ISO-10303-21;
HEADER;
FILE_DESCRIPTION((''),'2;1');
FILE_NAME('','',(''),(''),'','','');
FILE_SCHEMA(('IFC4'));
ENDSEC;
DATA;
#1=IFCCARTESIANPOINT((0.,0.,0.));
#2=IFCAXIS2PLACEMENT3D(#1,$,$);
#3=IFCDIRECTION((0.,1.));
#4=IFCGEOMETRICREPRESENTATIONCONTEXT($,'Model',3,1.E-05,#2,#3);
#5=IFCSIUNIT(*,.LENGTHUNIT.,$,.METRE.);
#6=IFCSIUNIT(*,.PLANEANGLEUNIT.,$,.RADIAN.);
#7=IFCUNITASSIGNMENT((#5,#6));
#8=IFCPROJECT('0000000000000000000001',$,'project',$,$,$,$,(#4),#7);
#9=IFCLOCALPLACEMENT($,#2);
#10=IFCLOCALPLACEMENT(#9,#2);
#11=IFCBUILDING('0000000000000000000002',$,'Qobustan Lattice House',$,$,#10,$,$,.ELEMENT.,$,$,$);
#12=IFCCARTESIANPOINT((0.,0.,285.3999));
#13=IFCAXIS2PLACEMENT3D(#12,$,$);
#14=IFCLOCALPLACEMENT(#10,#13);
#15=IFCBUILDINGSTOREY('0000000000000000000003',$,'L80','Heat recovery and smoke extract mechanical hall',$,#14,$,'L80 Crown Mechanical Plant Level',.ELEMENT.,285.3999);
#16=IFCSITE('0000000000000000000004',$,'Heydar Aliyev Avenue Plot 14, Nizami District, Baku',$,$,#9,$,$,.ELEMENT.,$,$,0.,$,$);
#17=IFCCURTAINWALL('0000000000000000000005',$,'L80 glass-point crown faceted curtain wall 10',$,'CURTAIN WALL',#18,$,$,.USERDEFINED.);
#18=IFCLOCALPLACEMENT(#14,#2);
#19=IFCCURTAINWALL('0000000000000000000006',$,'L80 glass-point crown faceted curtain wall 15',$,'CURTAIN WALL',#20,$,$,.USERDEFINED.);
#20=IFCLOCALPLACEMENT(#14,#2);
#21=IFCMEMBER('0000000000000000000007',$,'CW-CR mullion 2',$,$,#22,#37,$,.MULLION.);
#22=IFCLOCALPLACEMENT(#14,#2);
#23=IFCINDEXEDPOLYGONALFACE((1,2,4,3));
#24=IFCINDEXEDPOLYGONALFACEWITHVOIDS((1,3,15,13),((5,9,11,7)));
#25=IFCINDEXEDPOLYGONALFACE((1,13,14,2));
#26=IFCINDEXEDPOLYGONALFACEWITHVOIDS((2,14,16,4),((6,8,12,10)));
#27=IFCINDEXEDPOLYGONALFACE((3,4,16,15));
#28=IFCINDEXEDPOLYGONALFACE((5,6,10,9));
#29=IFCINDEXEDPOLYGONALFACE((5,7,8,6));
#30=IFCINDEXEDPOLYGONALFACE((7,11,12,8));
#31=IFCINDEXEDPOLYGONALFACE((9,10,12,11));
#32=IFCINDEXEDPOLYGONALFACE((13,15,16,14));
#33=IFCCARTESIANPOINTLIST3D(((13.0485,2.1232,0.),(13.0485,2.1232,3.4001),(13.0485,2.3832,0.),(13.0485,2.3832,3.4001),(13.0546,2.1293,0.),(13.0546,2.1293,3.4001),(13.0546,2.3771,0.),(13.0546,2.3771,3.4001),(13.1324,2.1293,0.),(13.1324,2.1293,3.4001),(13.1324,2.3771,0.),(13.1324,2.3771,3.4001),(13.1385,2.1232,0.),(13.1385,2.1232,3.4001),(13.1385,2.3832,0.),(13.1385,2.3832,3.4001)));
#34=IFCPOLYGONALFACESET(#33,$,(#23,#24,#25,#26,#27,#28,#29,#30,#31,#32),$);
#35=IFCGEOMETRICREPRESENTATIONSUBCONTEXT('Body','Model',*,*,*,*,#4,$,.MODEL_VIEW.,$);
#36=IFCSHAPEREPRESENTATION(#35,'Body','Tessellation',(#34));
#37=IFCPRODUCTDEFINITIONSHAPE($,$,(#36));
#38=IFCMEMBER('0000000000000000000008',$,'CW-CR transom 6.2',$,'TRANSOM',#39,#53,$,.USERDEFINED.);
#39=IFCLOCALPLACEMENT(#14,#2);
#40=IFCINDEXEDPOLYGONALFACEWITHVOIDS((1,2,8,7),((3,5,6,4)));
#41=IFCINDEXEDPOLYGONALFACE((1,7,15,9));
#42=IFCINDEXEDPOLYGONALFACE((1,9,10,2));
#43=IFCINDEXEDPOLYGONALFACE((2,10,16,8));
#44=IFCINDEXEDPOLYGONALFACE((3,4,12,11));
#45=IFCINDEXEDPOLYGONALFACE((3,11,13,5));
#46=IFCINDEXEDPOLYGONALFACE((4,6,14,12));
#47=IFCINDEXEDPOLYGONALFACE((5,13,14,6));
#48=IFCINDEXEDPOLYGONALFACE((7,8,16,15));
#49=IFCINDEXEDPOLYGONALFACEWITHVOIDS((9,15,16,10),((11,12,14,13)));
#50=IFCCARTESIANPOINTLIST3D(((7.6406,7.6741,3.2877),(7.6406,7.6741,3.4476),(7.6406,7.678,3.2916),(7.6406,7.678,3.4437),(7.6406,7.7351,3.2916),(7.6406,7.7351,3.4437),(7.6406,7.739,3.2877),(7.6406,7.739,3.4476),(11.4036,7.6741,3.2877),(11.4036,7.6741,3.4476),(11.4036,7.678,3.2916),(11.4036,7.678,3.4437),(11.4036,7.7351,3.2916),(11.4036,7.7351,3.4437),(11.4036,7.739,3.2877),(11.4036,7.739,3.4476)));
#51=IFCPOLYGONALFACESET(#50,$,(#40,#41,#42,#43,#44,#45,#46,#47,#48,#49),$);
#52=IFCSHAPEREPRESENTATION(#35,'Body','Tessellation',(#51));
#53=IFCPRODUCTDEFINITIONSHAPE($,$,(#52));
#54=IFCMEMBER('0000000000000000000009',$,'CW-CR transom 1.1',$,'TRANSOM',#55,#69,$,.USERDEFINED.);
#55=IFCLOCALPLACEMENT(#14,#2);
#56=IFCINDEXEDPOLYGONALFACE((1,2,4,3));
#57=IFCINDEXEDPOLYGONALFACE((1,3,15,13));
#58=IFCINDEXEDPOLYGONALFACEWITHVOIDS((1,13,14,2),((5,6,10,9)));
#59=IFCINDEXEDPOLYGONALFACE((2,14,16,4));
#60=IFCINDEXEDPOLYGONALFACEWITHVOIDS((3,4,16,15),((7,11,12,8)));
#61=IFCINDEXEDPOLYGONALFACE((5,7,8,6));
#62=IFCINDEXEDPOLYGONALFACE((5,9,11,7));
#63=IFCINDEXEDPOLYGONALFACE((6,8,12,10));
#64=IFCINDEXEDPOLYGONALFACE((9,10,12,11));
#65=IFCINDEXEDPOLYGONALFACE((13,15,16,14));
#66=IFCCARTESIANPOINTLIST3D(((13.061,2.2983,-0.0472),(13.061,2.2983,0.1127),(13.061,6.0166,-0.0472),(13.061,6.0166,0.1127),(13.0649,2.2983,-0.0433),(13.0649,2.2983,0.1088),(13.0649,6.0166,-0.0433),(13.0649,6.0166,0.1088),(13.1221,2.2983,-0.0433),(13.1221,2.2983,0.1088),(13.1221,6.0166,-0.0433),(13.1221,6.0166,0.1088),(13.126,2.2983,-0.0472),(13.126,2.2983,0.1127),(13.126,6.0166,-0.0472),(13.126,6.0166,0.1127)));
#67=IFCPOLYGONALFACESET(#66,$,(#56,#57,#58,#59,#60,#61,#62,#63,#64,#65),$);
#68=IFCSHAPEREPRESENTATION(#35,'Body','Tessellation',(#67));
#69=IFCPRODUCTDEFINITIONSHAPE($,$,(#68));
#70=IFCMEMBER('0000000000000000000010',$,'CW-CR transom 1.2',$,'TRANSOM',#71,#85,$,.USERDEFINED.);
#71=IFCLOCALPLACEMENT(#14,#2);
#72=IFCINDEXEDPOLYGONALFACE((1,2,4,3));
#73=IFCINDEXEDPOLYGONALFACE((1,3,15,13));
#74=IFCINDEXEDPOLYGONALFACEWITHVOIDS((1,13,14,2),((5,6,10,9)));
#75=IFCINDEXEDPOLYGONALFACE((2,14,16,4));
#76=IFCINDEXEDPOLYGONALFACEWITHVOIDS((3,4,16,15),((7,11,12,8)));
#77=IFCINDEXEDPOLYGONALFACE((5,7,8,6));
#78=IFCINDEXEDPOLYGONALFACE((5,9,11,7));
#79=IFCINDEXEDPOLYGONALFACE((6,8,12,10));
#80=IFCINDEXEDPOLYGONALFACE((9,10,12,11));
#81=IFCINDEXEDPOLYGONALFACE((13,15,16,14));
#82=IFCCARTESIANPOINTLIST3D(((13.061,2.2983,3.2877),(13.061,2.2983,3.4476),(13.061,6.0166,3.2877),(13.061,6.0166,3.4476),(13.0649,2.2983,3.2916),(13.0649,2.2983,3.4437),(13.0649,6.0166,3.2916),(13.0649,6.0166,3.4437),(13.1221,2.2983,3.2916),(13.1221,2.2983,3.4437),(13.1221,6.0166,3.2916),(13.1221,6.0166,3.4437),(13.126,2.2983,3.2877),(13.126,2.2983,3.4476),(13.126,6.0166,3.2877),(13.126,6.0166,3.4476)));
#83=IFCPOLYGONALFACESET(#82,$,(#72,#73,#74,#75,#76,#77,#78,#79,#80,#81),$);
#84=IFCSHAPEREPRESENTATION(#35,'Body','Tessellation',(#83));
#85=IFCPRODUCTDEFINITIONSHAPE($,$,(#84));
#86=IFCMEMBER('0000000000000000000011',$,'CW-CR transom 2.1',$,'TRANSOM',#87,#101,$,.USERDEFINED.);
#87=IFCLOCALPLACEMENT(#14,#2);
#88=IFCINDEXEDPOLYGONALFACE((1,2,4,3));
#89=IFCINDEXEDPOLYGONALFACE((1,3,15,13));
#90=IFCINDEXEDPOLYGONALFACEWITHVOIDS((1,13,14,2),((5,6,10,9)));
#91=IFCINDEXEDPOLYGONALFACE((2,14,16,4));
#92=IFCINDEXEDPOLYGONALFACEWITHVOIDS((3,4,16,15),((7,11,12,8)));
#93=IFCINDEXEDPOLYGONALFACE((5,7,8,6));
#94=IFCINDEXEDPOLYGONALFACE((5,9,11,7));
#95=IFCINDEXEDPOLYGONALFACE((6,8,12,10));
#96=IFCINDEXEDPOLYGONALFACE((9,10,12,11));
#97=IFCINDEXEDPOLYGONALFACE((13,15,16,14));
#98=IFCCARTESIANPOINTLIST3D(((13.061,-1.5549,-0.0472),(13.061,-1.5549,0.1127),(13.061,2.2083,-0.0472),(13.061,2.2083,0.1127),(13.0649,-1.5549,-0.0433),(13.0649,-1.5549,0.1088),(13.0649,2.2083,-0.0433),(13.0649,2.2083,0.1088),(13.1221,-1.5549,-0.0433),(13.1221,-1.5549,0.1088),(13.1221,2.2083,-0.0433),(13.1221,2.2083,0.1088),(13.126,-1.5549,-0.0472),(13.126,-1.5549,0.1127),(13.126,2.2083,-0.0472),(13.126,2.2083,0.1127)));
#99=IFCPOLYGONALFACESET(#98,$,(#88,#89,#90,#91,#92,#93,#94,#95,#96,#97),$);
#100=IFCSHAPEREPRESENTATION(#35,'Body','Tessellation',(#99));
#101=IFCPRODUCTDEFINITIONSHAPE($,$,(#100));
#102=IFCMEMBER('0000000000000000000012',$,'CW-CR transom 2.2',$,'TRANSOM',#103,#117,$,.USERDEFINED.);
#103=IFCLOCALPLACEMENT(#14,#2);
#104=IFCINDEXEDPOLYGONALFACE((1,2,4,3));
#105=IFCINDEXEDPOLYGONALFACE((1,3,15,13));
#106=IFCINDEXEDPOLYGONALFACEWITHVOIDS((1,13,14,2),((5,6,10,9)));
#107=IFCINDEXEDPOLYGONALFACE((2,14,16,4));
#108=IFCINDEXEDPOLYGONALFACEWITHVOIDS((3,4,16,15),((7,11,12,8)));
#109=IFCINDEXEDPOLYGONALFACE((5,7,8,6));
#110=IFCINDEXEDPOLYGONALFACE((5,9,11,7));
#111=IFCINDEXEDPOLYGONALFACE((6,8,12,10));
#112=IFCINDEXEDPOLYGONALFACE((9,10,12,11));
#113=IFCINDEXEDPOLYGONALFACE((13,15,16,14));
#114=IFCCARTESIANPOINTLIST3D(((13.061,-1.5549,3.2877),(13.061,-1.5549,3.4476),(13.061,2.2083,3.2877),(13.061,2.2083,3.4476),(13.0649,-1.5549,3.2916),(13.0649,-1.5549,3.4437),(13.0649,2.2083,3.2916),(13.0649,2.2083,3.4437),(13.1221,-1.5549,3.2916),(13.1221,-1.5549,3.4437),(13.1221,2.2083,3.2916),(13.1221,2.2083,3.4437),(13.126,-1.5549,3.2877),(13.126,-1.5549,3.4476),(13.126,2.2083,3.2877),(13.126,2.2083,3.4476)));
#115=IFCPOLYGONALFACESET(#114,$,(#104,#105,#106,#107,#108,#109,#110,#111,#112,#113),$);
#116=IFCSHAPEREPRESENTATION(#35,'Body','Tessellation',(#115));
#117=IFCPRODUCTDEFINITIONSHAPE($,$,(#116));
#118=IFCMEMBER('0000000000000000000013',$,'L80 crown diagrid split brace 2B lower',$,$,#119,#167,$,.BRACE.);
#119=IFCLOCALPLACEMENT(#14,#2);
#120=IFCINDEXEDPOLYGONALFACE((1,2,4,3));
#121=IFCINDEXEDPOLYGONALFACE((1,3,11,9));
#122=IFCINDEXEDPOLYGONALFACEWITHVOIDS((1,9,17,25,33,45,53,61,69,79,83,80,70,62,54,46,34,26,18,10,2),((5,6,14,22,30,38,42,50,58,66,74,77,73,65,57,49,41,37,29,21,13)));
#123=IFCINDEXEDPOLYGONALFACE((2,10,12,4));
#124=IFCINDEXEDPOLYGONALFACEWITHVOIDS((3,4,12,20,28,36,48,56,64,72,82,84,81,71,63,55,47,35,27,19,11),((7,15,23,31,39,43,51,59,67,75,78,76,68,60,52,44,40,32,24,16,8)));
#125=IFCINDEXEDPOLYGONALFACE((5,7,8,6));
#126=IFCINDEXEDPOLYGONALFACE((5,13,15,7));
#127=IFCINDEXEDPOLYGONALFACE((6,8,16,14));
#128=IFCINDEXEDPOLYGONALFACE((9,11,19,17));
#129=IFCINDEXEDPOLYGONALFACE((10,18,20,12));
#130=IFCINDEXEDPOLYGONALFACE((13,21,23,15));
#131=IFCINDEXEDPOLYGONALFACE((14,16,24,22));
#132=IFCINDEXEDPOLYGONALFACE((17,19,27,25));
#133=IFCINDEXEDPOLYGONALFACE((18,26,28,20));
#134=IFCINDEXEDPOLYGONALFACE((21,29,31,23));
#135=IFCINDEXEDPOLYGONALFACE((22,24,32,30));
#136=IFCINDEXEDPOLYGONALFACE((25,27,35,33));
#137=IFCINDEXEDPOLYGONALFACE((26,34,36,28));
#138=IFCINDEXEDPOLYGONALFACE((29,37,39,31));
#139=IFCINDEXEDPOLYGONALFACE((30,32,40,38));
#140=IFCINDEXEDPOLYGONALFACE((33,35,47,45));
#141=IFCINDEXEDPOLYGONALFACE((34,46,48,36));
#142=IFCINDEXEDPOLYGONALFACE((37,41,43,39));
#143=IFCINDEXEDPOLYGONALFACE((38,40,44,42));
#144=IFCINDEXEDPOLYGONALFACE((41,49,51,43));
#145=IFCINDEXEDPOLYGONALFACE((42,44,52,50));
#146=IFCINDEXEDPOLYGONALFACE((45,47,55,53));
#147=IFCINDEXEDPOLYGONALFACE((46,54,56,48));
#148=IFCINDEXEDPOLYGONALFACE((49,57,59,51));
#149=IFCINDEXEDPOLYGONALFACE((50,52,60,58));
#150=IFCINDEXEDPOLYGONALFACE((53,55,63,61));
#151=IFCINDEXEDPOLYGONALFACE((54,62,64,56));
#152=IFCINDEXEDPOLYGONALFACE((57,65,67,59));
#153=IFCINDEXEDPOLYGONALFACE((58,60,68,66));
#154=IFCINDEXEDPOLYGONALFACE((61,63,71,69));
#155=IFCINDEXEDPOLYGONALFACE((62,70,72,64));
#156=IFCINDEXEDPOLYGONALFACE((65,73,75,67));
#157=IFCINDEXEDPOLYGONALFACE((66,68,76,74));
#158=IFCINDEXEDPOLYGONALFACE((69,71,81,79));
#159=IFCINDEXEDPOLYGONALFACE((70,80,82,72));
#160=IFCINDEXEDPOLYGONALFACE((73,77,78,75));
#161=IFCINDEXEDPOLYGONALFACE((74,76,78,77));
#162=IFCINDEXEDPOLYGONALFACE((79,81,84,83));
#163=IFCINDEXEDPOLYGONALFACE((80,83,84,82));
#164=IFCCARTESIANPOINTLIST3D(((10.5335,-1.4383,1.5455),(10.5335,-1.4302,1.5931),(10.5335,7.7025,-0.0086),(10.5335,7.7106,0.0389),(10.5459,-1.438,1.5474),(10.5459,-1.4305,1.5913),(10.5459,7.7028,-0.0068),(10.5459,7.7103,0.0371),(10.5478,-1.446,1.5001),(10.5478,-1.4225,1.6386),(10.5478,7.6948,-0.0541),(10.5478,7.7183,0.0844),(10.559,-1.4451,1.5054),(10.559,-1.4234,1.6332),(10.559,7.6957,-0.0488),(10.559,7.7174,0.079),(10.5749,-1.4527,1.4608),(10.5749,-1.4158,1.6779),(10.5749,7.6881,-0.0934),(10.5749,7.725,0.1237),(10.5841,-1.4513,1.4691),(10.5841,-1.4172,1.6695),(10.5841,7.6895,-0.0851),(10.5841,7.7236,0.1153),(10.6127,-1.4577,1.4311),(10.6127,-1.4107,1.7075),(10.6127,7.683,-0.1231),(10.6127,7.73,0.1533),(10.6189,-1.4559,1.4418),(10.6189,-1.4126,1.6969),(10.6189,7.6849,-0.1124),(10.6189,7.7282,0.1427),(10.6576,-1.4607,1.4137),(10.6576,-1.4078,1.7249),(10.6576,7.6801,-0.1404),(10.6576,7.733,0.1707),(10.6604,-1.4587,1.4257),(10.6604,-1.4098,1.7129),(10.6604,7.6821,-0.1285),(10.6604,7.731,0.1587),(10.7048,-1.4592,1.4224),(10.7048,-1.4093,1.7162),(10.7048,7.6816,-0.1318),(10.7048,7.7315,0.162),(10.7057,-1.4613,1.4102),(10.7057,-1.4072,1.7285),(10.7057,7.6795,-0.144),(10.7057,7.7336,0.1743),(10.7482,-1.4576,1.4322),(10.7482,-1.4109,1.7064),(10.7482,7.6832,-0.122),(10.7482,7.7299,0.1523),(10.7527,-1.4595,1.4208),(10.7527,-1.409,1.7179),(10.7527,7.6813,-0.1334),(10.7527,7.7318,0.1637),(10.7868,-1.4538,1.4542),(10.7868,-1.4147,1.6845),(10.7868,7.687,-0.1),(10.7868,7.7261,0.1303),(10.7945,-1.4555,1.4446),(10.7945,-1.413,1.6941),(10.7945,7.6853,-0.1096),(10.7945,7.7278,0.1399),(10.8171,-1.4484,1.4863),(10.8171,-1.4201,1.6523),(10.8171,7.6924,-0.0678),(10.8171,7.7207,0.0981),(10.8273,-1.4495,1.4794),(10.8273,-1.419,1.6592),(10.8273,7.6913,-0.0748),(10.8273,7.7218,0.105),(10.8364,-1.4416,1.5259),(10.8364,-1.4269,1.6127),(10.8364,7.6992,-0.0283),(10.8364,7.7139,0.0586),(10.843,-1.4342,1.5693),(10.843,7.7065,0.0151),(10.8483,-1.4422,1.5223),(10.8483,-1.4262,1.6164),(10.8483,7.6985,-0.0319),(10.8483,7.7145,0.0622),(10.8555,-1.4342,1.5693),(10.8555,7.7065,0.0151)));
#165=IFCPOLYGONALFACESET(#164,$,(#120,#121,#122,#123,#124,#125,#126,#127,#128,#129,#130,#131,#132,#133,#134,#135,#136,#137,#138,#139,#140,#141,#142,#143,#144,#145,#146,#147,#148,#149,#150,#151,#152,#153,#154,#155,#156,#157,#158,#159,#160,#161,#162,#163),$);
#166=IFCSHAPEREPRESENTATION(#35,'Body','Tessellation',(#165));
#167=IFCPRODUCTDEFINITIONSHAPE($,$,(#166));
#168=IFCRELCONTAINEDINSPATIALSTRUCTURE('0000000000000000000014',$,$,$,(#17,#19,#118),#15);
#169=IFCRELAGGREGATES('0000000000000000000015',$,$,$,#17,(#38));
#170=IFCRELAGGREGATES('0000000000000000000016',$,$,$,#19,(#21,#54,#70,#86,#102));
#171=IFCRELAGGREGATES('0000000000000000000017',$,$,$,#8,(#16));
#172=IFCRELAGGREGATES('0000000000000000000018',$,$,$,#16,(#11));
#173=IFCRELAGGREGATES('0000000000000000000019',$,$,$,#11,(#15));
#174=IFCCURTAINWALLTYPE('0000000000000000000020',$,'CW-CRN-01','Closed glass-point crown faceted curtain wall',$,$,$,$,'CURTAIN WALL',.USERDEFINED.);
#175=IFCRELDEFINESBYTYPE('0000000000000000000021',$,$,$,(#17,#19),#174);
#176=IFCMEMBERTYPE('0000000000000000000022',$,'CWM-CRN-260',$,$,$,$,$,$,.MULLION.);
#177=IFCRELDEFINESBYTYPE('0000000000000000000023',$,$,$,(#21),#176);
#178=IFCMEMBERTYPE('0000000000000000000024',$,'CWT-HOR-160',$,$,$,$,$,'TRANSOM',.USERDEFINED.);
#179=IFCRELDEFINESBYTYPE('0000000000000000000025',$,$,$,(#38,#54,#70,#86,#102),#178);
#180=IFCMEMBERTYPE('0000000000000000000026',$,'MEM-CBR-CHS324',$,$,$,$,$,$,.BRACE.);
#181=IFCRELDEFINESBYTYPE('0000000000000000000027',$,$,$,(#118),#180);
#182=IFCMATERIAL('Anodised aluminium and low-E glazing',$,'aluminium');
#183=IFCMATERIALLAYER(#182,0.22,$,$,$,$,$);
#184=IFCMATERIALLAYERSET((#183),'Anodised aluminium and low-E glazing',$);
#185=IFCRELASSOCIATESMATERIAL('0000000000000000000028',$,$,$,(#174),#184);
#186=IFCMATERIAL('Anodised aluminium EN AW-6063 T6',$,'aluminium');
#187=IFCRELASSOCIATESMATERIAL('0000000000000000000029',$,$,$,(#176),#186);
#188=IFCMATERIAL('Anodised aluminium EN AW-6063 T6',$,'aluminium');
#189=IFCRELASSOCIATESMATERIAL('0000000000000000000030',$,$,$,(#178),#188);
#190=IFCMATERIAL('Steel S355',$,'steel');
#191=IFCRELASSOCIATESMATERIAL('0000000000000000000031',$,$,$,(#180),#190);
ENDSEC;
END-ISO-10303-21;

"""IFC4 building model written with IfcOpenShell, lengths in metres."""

from ifc_helpers import new_model, si_unit, direction, frame, origin, origin_2d, place, context, subcontext, project, spatial, hollow_rectangle, hollow_circle, extrude, material, layer, layer_set, material_profile, profile_set, type_object, element, aggregate, save


model = new_model("IFC4")

# Units and contexts
model_context = context("Model", 3, precision=1e-05, world=origin(), true_north=direction((0.0, 1.0)))
body_context = subcontext(model_context, "Body", "Model", "MODEL_VIEW")
ifc_project = project(units=[si_unit("LENGTHUNIT", "METRE"), si_unit("PLANEANGLEUNIT", "RADIAN")], contexts=[model_context])

# Site, building, storey
site_placement = place(None, origin())
site = spatial("IfcSite", under=ifc_project, at=site_placement, Name="Heydar Aliyev Avenue Plot 14, Nizami District, Baku", CompositionType="ELEMENT", RefElevation=0.0)
building_placement = place(site_placement, origin())
building = spatial("IfcBuilding", under=site, at=building_placement, Name="Qobustan Lattice House", CompositionType="ELEMENT")
storey_placement = place(building_placement, frame((0.0, 0.0, 285.3999)))
storey = spatial("IfcBuildingStorey", under=building, at=storey_placement, Name="L80", Description="Heat recovery and smoke extract mechanical hall", LongName="L80 Crown Mechanical Plant Level", CompositionType="ELEMENT", Elevation=285.3999)

# Curtain wall
ifc_material_1 = material(Name="Anodised aluminium and low-E glazing", Category="aluminium")
ifc_layer_1 = layer(ifc_material_1, 0.22)
ifc_layer_set_1 = layer_set([ifc_layer_1], Name="Anodised aluminium and low-E glazing")
curtain_wall_type = type_object("IfcCurtainWallType", Name="CW-CRN-01", Description="Closed glass-point crown faceted curtain wall", ElementType="CURTAIN WALL", PredefinedType="USERDEFINED", material=ifc_layer_set_1)
curtain_wall_1_placement = place(storey_placement, origin())
curtain_wall_1 = element("IfcCurtainWall", 1, at=curtain_wall_1_placement, inside=storey, type_object=curtain_wall_type, Name="L80 glass-point crown faceted curtain wall 10", ObjectType="CURTAIN WALL", PredefinedType="USERDEFINED")
ifc_material_2 = material(Name="Anodised aluminium EN AW-6063 T6", Category="aluminium")
ifc_material_profile_1 = material_profile(ifc_material_2, hollow_rectangle(XDim=0.0901, YDim=0.26, WallThickness=0.0061, at=origin_2d()), Name="CWM-CROWN-260x90")
ifc_profile_set_1 = profile_set([ifc_material_profile_1], Name="Anodised aluminium EN AW-6063 T6")
member_type_1 = type_object("IfcMemberType", Name="CWM-CRN-260", PredefinedType="MULLION", material=ifc_profile_set_1)

# Curtain wall, member
curtain_wall_2_placement = place(storey_placement, origin())
curtain_wall_2 = element("IfcCurtainWall", 2, at=curtain_wall_2_placement, inside=storey, type_object=curtain_wall_type, Name="L80 glass-point crown faceted curtain wall 15", ObjectType="CURTAIN WALL", PredefinedType="USERDEFINED")
member_1_placement = place(storey_placement, frame((13.0935, 2.2532, 0.0), z_axis=(0.0, 0.0, 1.0), x_axis=(1.0, 0.0, 0.0)))
member_1 = element("IfcMember", 3, at=member_1_placement, type_object=member_type_1, Name="CW-CR mullion 2", PredefinedType="MULLION", context=body_context, shape_type="SweptSolid", body=[
    extrude(hollow_rectangle(XDim=0.0901, YDim=0.26, WallThickness=0.0061, at=origin_2d()), origin(), (0.0, 0.0, 1.0), 3.4001),
])

# Members
ifc_material_3 = material(Name="Anodised aluminium EN AW-6063 T6", Category="aluminium")
ifc_material_profile_2 = material_profile(ifc_material_3, hollow_rectangle(XDim=0.0649, YDim=0.1599, WallThickness=0.0039, at=origin_2d()), Name="CWT-160x65")
ifc_profile_set_2 = profile_set([ifc_material_profile_2], Name="Anodised aluminium EN AW-6063 T6")
member_type_2 = type_object("IfcMemberType", Name="CWT-HOR-160", ElementType="TRANSOM", PredefinedType="USERDEFINED", material=ifc_profile_set_2)
member_2_placement = place(storey_placement, frame((7.6406, 7.7065, 3.3677), z_axis=(1.0, 0.0, 0.0), x_axis=(0.0, 1.0, 0.0)))
member_2 = element("IfcMember", 4, at=member_2_placement, type_object=member_type_2, Name="CW-CR transom 6.2", ObjectType="TRANSOM", PredefinedType="USERDEFINED", context=body_context, shape_type="SweptSolid", body=[
    extrude(hollow_rectangle(XDim=0.0649, YDim=0.1599, WallThickness=0.0039, at=origin_2d()), origin(), (0.0, 0.0, 1.0), 3.7629),
])
member_3_placement = place(storey_placement, frame((13.0935, 6.0166, 0.0327), z_axis=(0.0, -1.0, 0.0), x_axis=(1.0, 0.0, 0.0)))
member_3 = element("IfcMember", 5, at=member_3_placement, type_object=member_type_2, Name="CW-CR transom 1.1", ObjectType="TRANSOM", PredefinedType="USERDEFINED", context=body_context, shape_type="SweptSolid", body=[
    extrude(hollow_rectangle(XDim=0.0649, YDim=0.1599, WallThickness=0.0039, at=origin_2d()), origin(), (0.0, 0.0, 1.0), 3.7183),
])
member_4_placement = place(storey_placement, frame((13.0935, 6.0166, 3.3677), z_axis=(0.0, -1.0, 0.0), x_axis=(1.0, 0.0, 0.0)))
member_4 = element("IfcMember", 6, at=member_4_placement, type_object=member_type_2, Name="CW-CR transom 1.2", ObjectType="TRANSOM", PredefinedType="USERDEFINED", context=body_context, shape_type="SweptSolid", body=[
    extrude(hollow_rectangle(XDim=0.0649, YDim=0.1599, WallThickness=0.0039, at=origin_2d()), origin(), (0.0, 0.0, 1.0), 3.7183),
])
member_5_placement = place(storey_placement, frame((13.0935, 2.2083, 0.0327), z_axis=(0.0, -1.0, 0.0), x_axis=(1.0, 0.0, 0.0)))
member_5 = element("IfcMember", 7, at=member_5_placement, type_object=member_type_2, Name="CW-CR transom 2.1", ObjectType="TRANSOM", PredefinedType="USERDEFINED", context=body_context, shape_type="SweptSolid", body=[
    extrude(hollow_rectangle(XDim=0.0649, YDim=0.1599, WallThickness=0.0039, at=origin_2d()), origin(), (0.0, 0.0, 1.0), 3.7632),
])
member_6_placement = place(storey_placement, frame((13.0935, 2.2083, 3.3677), z_axis=(0.0, -1.0, 0.0), x_axis=(1.0, 0.0, 0.0)))
member_6 = element("IfcMember", 8, at=member_6_placement, type_object=member_type_2, Name="CW-CR transom 2.2", ObjectType="TRANSOM", PredefinedType="USERDEFINED", context=body_context, shape_type="SweptSolid", body=[
    extrude(hollow_rectangle(XDim=0.0649, YDim=0.1599, WallThickness=0.0039, at=origin_2d()), origin(), (0.0, 0.0, 1.0), 3.7632),
])

# Member
ifc_material_4 = material(Name="Steel S355", Category="steel")
ifc_material_profile_3 = material_profile(ifc_material_4, hollow_circle(Radius=0.1619, WallThickness=0.0125, at=origin_2d()), Name="CHS323.9x12.5")
ifc_profile_set_3 = profile_set([ifc_material_profile_3], Name="Steel S355")
member_type_3 = type_object("IfcMemberType", Name="MEM-CBR-CHS324", PredefinedType="BRACE", material=ifc_profile_set_3)
member_7_placement = place(storey_placement, frame((10.6936, 7.7065, 0.0151), z_axis=(0.0, -0.985851, 0.167622), x_axis=(1.0, 0.0, 0.0)))
element("IfcMember", 9, at=member_7_placement, inside=storey, type_object=member_type_3, Name="L80 crown diagrid split brace 2B lower", PredefinedType="BRACE", context=body_context, shape_type="SweptSolid", body=[
    extrude(hollow_circle(Radius=0.1619, WallThickness=0.0125, at=origin_2d()), origin(), (0.0, 0.0, 1.0), 9.272),
])

aggregate(curtain_wall_1, [member_2])
aggregate(curtain_wall_2, [member_1, member_3, member_4, member_5, member_6])

save(model, "model.ifc")
